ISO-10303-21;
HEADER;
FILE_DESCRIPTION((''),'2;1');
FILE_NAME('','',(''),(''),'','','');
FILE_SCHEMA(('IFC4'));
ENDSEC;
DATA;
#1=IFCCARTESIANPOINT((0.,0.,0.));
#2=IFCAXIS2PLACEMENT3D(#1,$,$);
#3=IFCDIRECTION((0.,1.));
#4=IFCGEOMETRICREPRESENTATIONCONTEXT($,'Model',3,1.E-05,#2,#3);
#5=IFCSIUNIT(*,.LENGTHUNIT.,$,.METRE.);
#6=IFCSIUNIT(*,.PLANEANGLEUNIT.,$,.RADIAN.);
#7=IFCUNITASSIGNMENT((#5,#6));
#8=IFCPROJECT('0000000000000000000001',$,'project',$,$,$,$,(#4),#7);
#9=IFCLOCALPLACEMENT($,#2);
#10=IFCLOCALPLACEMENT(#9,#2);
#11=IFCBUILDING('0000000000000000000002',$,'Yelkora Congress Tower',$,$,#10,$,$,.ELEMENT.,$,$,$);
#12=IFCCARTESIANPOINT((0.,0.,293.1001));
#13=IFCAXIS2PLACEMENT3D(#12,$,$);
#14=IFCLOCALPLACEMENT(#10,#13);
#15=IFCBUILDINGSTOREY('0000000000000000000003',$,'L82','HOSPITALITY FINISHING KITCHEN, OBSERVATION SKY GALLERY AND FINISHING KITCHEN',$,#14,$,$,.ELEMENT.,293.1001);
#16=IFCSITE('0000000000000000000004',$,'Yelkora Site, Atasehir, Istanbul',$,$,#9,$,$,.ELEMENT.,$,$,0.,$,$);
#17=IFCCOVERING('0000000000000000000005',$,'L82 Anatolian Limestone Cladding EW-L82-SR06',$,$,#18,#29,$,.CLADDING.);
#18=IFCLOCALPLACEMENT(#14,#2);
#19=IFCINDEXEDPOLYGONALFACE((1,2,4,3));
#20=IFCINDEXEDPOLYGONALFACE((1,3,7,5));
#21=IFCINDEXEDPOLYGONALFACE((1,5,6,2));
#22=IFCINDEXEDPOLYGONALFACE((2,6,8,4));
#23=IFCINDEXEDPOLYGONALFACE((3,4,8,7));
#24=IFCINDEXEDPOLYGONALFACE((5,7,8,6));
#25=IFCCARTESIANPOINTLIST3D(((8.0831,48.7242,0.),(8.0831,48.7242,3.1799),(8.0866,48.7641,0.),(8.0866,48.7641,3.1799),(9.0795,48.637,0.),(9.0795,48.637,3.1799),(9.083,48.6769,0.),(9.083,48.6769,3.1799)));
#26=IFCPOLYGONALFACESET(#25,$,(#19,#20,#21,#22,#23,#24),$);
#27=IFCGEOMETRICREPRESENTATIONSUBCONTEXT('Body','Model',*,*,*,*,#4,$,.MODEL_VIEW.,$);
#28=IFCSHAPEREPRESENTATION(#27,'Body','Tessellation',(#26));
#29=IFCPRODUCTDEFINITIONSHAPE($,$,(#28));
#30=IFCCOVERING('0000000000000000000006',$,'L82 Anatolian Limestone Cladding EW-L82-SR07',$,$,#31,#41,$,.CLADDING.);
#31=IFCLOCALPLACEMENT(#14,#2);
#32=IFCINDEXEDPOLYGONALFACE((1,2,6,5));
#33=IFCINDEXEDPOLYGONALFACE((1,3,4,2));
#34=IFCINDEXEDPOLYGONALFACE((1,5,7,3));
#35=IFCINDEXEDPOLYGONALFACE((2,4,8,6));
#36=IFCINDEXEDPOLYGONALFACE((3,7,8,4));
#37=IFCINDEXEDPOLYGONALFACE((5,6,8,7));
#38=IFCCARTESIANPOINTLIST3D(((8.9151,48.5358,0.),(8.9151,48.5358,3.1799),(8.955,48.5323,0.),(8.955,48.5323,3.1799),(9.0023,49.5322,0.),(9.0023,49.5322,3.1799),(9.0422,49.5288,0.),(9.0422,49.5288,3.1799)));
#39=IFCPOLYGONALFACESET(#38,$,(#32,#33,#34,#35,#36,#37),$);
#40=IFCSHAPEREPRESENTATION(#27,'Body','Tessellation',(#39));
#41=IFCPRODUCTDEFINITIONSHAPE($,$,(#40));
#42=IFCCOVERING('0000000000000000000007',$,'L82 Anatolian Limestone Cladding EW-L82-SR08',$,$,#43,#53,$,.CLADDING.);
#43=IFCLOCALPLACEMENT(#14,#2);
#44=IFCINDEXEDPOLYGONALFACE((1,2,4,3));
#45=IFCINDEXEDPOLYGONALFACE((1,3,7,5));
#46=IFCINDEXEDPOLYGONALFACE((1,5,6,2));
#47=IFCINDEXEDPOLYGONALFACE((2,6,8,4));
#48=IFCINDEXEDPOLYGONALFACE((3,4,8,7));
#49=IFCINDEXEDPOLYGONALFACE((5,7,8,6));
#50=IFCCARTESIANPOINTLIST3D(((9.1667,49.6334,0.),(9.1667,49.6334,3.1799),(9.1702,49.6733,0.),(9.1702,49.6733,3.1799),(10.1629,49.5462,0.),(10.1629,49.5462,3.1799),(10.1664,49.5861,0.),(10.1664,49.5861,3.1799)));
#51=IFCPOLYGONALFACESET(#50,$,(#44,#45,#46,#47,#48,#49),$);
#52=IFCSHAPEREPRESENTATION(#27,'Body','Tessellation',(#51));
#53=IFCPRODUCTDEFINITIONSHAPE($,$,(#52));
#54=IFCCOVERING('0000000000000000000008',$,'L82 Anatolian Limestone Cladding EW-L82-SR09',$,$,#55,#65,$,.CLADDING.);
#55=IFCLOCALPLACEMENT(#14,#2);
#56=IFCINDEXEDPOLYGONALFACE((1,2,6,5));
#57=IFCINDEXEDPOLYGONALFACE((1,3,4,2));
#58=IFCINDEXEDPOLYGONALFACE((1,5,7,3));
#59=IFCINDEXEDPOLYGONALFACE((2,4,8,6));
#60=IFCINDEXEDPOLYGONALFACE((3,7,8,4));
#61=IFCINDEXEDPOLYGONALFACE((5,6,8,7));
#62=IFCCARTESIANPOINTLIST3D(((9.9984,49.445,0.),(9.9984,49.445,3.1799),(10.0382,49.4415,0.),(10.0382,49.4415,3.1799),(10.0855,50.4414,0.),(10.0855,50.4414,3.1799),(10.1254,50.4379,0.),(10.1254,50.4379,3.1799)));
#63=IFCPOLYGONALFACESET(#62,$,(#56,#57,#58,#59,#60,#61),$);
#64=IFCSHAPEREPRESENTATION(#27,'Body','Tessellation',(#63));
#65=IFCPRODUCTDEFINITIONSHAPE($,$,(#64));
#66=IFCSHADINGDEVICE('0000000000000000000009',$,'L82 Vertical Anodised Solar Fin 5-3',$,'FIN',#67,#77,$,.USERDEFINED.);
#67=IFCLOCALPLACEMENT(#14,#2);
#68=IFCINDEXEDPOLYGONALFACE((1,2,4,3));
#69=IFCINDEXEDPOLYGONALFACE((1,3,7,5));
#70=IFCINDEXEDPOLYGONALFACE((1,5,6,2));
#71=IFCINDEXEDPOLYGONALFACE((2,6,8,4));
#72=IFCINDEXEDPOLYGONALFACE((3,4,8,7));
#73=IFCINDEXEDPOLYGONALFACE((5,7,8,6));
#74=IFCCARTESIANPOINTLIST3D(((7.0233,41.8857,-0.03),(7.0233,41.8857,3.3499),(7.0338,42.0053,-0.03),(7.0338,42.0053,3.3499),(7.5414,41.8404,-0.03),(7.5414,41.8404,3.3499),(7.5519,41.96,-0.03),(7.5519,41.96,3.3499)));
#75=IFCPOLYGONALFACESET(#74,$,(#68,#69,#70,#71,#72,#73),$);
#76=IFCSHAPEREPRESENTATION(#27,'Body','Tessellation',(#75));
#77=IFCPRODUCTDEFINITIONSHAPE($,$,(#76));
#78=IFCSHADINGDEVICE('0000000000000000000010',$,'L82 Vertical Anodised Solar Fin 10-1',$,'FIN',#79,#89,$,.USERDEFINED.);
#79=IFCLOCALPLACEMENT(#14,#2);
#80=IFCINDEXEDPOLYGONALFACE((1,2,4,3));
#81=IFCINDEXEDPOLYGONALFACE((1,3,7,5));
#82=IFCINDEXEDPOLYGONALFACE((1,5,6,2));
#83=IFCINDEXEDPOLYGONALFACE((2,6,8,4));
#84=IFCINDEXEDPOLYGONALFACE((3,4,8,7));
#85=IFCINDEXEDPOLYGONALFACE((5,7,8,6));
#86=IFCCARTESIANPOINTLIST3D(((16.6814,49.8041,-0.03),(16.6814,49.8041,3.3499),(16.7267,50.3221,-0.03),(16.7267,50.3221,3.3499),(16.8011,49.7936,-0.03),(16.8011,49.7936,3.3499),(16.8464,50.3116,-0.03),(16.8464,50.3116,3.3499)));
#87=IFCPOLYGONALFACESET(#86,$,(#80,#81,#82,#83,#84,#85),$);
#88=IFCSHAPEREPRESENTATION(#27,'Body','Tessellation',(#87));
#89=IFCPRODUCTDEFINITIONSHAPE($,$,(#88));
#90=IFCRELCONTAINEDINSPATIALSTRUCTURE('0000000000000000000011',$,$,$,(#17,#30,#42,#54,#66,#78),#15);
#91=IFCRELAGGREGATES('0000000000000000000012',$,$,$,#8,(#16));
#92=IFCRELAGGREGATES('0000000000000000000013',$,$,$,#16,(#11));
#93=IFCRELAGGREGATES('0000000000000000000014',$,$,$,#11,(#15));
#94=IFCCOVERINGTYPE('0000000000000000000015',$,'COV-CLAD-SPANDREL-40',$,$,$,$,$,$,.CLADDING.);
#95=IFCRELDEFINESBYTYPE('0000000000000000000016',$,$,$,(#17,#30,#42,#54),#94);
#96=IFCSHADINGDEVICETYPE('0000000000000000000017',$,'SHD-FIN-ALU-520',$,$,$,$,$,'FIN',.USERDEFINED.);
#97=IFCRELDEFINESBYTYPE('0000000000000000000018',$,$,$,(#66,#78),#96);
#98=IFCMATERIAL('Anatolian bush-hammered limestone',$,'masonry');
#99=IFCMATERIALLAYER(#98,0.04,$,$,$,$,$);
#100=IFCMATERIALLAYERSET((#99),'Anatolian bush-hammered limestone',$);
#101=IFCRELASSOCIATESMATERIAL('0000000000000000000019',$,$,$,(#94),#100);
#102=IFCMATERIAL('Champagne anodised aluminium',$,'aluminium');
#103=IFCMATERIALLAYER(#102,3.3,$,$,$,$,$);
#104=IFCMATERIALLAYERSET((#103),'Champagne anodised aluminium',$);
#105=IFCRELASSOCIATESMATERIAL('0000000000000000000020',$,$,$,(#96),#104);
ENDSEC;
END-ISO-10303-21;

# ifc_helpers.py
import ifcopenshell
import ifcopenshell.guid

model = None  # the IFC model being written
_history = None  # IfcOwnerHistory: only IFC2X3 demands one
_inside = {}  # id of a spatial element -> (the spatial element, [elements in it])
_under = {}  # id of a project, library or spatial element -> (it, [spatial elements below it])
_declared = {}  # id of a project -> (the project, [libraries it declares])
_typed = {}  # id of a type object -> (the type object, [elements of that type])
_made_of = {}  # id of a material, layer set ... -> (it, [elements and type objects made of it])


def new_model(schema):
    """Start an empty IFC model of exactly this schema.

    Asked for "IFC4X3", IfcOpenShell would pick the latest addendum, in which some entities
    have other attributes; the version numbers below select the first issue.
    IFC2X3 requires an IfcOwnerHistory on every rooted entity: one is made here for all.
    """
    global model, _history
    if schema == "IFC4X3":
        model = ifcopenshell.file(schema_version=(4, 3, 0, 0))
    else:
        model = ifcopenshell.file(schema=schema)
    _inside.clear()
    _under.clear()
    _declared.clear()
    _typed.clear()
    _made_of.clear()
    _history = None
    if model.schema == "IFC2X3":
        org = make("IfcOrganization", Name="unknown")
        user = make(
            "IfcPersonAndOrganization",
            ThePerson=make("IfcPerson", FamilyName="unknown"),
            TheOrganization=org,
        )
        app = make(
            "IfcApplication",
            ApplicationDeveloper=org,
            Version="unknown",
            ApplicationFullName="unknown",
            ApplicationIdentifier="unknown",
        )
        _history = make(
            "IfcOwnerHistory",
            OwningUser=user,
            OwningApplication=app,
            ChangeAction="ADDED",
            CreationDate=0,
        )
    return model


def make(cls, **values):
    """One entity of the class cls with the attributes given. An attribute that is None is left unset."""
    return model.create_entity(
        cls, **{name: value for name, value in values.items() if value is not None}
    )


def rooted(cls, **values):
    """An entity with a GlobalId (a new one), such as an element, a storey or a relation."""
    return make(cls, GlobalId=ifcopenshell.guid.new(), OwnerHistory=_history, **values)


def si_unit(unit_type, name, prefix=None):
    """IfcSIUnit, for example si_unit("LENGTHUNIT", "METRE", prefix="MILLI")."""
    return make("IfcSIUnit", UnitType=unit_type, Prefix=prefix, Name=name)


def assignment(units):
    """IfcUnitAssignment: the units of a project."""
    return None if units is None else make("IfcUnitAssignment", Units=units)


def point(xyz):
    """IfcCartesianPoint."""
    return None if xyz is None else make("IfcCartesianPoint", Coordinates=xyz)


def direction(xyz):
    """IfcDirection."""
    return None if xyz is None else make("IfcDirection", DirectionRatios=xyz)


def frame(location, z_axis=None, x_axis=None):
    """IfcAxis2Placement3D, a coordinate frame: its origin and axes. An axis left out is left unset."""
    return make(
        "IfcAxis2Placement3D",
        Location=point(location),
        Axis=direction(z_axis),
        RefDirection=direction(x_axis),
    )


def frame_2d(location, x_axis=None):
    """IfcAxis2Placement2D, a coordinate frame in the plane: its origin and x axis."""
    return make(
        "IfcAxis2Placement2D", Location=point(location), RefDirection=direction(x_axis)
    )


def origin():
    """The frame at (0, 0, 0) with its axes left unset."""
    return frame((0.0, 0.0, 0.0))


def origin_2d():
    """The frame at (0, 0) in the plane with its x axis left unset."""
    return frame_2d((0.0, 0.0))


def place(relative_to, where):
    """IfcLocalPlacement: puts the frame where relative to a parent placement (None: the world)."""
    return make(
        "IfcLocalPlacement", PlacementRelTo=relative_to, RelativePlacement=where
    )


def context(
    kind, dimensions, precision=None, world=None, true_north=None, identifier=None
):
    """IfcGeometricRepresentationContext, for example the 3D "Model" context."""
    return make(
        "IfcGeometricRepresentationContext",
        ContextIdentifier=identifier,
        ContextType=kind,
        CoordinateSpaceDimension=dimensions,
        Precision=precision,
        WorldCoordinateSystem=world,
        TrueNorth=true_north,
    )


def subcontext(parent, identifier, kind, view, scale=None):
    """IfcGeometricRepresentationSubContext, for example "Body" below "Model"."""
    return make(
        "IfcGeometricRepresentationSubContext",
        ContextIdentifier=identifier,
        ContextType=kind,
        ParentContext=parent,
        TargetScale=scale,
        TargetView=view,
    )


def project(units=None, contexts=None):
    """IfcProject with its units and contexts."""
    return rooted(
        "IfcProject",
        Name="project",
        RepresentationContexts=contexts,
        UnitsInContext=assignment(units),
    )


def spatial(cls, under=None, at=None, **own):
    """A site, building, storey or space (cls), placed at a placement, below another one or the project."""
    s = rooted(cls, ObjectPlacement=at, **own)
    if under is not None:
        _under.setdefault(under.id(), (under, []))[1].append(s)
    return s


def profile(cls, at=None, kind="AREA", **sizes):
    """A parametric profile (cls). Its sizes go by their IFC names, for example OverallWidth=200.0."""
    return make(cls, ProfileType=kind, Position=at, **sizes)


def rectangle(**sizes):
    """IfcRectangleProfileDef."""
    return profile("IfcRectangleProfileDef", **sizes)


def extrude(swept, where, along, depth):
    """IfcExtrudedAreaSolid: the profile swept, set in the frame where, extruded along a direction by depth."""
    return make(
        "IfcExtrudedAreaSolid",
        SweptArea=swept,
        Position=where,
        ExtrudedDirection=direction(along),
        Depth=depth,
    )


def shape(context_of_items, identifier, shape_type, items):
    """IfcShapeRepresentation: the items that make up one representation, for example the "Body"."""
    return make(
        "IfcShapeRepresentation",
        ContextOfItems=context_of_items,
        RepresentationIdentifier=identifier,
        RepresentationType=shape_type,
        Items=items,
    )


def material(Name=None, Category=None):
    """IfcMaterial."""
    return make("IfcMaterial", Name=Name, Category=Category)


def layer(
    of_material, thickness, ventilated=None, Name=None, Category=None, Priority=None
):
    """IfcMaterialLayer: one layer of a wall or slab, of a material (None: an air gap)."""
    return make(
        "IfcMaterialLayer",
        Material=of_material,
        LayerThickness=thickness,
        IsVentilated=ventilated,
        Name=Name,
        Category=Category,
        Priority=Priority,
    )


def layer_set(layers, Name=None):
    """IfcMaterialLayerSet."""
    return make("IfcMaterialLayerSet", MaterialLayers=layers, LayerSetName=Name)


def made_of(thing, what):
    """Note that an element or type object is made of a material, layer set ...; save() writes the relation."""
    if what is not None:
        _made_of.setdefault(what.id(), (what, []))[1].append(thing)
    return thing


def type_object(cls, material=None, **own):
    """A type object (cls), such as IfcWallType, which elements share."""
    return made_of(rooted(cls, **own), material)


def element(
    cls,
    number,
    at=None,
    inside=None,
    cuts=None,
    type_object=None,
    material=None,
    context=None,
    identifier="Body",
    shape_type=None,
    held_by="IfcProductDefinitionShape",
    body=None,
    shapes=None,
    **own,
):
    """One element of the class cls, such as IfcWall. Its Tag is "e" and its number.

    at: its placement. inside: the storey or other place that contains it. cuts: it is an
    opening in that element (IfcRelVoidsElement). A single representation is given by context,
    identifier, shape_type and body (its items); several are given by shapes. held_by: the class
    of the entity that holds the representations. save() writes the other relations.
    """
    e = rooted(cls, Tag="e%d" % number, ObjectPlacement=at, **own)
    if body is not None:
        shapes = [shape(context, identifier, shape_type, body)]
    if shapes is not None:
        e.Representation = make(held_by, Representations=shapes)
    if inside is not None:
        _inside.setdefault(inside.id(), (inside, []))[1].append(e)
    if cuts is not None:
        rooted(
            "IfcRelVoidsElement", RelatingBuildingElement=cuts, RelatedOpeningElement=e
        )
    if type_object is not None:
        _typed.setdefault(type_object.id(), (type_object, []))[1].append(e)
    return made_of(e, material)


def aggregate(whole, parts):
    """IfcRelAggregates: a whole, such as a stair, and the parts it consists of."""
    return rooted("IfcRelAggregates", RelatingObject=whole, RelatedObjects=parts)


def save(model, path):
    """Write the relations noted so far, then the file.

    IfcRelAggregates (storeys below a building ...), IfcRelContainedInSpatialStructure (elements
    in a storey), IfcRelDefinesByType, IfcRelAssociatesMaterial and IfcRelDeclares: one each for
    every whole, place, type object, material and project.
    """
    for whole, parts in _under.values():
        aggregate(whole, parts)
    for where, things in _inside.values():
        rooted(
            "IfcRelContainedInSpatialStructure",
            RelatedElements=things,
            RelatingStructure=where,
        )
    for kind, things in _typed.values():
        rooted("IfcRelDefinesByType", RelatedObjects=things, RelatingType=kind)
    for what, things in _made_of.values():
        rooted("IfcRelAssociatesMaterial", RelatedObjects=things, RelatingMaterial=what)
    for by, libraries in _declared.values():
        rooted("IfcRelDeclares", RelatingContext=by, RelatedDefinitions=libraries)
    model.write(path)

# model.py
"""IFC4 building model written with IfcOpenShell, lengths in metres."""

from ifc_helpers import new_model, si_unit, direction, frame, frame_2d, origin, origin_2d, place, context, subcontext, project, spatial, rectangle, extrude, material, layer, layer_set, type_object, element, save


model = new_model("IFC4")

# Units and contexts
model_context = context("Model", 3, precision=1e-05, world=origin(), true_north=direction((0.0, 1.0)))
body_context = subcontext(model_context, "Body", "Model", "MODEL_VIEW")
ifc_project = project(units=[si_unit("LENGTHUNIT", "METRE"), si_unit("PLANEANGLEUNIT", "RADIAN")], contexts=[model_context])

# Site, building, storey
site_placement = place(None, origin())
site = spatial("IfcSite", under=ifc_project, at=site_placement, Name="Yelkora Site, Atasehir, Istanbul", CompositionType="ELEMENT", RefElevation=0.0)
building_placement = place(site_placement, origin())
building = spatial("IfcBuilding", under=site, at=building_placement, Name="Yelkora Congress Tower", CompositionType="ELEMENT")
storey_placement = place(building_placement, frame((0.0, 0.0, 293.1001)))
storey = spatial("IfcBuildingStorey", under=building, at=storey_placement, Name="L82", Description="HOSPITALITY FINISHING KITCHEN, OBSERVATION SKY GALLERY AND FINISHING KITCHEN", CompositionType="ELEMENT", Elevation=293.1001)

# Coverings
ifc_material_1 = material(Name="Anatolian bush-hammered limestone", Category="masonry")
ifc_layer_1 = layer(ifc_material_1, 0.04)
ifc_layer_set_1 = layer_set([ifc_layer_1], Name="Anatolian bush-hammered limestone")
covering_type = type_object("IfcCoveringType", Name="COV-CLAD-SPANDREL-40", PredefinedType="CLADDING", material=ifc_layer_set_1)
for number, where, z_axis, x_axis, name in (
    (1, (8.085, 48.7441, 0.0), (0.0, 0.0, 1.0), (0.996196, -0.087146, 0.0), "L82 Anatolian Limestone Cladding EW-L82-SR06"),
    (2, (8.9351, 48.5342, 0.0), (0.0, 0.0, 1.0), (0.087146, 0.996196, 0.0), "L82 Anatolian Limestone Cladding EW-L82-SR07"),
):
    element("IfcCovering", number, at=place(storey_placement, frame(where, z_axis=z_axis, x_axis=x_axis)), inside=storey, type_object=covering_type, Name=name, PredefinedType="CLADDING", context=body_context, shape_type="SweptSolid", body=[
        extrude(rectangle(XDim=1.0002, YDim=0.04, at=frame_2d((0.5, 0.0))), origin(), (0.0, 0.0, 1.0), 3.1799),
    ])
covering_1_placement = place(storey_placement, frame((9.1685, 49.6533, 0.0), z_axis=(0.0, 0.0, 1.0), x_axis=(0.996194, -0.087167, 0.0)))
element("IfcCovering", 3, at=covering_1_placement, inside=storey, type_object=covering_type, Name="L82 Anatolian Limestone Cladding EW-L82-SR08", PredefinedType="CLADDING", context=body_context, shape_type="SweptSolid", body=[
    extrude(rectangle(XDim=1.0, YDim=0.04, at=frame_2d((0.5, 0.0))), origin(), (0.0, 0.0, 1.0), 3.1799),
])
covering_2_placement = place(storey_placement, frame((10.0183, 49.4434, 0.0), z_axis=(0.0, 0.0, 1.0), x_axis=(0.087146, 0.996196, 0.0)))
element("IfcCovering", 4, at=covering_2_placement, inside=storey, type_object=covering_type, Name="L82 Anatolian Limestone Cladding EW-L82-SR09", PredefinedType="CLADDING", context=body_context, shape_type="SweptSolid", body=[
    extrude(rectangle(XDim=1.0002, YDim=0.04, at=frame_2d((0.5, 0.0))), origin(), (0.0, 0.0, 1.0), 3.1799),
])

# Shading devices
ifc_material_2 = material(Name="Champagne anodised aluminium", Category="aluminium")
ifc_layer_2 = layer(ifc_material_2, 3.3)
ifc_layer_set_2 = layer_set([ifc_layer_2], Name="Champagne anodised aluminium")
shading_device_type = type_object("IfcShadingDeviceType", Name="SHD-FIN-ALU-520", ElementType="FIN", PredefinedType="USERDEFINED", material=ifc_layer_set_2)
for number, where, z_axis, x_axis, name in (
    (5, (7.2876, 41.9229, -0.03), (0.0, 0.0, 1.0), (0.087156, 0.996195, 0.0), "L82 Vertical Anodised Solar Fin 5-3"),
    (6, (16.7639, 50.0579, -0.03), (0.0, 0.0, 1.0), (0.996195, -0.087156, 0.0), "L82 Vertical Anodised Solar Fin 10-1"),
):
    element("IfcShadingDevice", number, at=place(storey_placement, frame(where, z_axis=z_axis, x_axis=x_axis)), inside=storey, type_object=shading_device_type, Name=name, ObjectType="FIN", PredefinedType="USERDEFINED", context=body_context, shape_type="SweptSolid", body=[
        extrude(rectangle(XDim=0.1201, YDim=0.52, at=origin_2d()), origin(), (0.0, 0.0, 1.0), 3.3799),
    ])

save(model, "model.ifc")
